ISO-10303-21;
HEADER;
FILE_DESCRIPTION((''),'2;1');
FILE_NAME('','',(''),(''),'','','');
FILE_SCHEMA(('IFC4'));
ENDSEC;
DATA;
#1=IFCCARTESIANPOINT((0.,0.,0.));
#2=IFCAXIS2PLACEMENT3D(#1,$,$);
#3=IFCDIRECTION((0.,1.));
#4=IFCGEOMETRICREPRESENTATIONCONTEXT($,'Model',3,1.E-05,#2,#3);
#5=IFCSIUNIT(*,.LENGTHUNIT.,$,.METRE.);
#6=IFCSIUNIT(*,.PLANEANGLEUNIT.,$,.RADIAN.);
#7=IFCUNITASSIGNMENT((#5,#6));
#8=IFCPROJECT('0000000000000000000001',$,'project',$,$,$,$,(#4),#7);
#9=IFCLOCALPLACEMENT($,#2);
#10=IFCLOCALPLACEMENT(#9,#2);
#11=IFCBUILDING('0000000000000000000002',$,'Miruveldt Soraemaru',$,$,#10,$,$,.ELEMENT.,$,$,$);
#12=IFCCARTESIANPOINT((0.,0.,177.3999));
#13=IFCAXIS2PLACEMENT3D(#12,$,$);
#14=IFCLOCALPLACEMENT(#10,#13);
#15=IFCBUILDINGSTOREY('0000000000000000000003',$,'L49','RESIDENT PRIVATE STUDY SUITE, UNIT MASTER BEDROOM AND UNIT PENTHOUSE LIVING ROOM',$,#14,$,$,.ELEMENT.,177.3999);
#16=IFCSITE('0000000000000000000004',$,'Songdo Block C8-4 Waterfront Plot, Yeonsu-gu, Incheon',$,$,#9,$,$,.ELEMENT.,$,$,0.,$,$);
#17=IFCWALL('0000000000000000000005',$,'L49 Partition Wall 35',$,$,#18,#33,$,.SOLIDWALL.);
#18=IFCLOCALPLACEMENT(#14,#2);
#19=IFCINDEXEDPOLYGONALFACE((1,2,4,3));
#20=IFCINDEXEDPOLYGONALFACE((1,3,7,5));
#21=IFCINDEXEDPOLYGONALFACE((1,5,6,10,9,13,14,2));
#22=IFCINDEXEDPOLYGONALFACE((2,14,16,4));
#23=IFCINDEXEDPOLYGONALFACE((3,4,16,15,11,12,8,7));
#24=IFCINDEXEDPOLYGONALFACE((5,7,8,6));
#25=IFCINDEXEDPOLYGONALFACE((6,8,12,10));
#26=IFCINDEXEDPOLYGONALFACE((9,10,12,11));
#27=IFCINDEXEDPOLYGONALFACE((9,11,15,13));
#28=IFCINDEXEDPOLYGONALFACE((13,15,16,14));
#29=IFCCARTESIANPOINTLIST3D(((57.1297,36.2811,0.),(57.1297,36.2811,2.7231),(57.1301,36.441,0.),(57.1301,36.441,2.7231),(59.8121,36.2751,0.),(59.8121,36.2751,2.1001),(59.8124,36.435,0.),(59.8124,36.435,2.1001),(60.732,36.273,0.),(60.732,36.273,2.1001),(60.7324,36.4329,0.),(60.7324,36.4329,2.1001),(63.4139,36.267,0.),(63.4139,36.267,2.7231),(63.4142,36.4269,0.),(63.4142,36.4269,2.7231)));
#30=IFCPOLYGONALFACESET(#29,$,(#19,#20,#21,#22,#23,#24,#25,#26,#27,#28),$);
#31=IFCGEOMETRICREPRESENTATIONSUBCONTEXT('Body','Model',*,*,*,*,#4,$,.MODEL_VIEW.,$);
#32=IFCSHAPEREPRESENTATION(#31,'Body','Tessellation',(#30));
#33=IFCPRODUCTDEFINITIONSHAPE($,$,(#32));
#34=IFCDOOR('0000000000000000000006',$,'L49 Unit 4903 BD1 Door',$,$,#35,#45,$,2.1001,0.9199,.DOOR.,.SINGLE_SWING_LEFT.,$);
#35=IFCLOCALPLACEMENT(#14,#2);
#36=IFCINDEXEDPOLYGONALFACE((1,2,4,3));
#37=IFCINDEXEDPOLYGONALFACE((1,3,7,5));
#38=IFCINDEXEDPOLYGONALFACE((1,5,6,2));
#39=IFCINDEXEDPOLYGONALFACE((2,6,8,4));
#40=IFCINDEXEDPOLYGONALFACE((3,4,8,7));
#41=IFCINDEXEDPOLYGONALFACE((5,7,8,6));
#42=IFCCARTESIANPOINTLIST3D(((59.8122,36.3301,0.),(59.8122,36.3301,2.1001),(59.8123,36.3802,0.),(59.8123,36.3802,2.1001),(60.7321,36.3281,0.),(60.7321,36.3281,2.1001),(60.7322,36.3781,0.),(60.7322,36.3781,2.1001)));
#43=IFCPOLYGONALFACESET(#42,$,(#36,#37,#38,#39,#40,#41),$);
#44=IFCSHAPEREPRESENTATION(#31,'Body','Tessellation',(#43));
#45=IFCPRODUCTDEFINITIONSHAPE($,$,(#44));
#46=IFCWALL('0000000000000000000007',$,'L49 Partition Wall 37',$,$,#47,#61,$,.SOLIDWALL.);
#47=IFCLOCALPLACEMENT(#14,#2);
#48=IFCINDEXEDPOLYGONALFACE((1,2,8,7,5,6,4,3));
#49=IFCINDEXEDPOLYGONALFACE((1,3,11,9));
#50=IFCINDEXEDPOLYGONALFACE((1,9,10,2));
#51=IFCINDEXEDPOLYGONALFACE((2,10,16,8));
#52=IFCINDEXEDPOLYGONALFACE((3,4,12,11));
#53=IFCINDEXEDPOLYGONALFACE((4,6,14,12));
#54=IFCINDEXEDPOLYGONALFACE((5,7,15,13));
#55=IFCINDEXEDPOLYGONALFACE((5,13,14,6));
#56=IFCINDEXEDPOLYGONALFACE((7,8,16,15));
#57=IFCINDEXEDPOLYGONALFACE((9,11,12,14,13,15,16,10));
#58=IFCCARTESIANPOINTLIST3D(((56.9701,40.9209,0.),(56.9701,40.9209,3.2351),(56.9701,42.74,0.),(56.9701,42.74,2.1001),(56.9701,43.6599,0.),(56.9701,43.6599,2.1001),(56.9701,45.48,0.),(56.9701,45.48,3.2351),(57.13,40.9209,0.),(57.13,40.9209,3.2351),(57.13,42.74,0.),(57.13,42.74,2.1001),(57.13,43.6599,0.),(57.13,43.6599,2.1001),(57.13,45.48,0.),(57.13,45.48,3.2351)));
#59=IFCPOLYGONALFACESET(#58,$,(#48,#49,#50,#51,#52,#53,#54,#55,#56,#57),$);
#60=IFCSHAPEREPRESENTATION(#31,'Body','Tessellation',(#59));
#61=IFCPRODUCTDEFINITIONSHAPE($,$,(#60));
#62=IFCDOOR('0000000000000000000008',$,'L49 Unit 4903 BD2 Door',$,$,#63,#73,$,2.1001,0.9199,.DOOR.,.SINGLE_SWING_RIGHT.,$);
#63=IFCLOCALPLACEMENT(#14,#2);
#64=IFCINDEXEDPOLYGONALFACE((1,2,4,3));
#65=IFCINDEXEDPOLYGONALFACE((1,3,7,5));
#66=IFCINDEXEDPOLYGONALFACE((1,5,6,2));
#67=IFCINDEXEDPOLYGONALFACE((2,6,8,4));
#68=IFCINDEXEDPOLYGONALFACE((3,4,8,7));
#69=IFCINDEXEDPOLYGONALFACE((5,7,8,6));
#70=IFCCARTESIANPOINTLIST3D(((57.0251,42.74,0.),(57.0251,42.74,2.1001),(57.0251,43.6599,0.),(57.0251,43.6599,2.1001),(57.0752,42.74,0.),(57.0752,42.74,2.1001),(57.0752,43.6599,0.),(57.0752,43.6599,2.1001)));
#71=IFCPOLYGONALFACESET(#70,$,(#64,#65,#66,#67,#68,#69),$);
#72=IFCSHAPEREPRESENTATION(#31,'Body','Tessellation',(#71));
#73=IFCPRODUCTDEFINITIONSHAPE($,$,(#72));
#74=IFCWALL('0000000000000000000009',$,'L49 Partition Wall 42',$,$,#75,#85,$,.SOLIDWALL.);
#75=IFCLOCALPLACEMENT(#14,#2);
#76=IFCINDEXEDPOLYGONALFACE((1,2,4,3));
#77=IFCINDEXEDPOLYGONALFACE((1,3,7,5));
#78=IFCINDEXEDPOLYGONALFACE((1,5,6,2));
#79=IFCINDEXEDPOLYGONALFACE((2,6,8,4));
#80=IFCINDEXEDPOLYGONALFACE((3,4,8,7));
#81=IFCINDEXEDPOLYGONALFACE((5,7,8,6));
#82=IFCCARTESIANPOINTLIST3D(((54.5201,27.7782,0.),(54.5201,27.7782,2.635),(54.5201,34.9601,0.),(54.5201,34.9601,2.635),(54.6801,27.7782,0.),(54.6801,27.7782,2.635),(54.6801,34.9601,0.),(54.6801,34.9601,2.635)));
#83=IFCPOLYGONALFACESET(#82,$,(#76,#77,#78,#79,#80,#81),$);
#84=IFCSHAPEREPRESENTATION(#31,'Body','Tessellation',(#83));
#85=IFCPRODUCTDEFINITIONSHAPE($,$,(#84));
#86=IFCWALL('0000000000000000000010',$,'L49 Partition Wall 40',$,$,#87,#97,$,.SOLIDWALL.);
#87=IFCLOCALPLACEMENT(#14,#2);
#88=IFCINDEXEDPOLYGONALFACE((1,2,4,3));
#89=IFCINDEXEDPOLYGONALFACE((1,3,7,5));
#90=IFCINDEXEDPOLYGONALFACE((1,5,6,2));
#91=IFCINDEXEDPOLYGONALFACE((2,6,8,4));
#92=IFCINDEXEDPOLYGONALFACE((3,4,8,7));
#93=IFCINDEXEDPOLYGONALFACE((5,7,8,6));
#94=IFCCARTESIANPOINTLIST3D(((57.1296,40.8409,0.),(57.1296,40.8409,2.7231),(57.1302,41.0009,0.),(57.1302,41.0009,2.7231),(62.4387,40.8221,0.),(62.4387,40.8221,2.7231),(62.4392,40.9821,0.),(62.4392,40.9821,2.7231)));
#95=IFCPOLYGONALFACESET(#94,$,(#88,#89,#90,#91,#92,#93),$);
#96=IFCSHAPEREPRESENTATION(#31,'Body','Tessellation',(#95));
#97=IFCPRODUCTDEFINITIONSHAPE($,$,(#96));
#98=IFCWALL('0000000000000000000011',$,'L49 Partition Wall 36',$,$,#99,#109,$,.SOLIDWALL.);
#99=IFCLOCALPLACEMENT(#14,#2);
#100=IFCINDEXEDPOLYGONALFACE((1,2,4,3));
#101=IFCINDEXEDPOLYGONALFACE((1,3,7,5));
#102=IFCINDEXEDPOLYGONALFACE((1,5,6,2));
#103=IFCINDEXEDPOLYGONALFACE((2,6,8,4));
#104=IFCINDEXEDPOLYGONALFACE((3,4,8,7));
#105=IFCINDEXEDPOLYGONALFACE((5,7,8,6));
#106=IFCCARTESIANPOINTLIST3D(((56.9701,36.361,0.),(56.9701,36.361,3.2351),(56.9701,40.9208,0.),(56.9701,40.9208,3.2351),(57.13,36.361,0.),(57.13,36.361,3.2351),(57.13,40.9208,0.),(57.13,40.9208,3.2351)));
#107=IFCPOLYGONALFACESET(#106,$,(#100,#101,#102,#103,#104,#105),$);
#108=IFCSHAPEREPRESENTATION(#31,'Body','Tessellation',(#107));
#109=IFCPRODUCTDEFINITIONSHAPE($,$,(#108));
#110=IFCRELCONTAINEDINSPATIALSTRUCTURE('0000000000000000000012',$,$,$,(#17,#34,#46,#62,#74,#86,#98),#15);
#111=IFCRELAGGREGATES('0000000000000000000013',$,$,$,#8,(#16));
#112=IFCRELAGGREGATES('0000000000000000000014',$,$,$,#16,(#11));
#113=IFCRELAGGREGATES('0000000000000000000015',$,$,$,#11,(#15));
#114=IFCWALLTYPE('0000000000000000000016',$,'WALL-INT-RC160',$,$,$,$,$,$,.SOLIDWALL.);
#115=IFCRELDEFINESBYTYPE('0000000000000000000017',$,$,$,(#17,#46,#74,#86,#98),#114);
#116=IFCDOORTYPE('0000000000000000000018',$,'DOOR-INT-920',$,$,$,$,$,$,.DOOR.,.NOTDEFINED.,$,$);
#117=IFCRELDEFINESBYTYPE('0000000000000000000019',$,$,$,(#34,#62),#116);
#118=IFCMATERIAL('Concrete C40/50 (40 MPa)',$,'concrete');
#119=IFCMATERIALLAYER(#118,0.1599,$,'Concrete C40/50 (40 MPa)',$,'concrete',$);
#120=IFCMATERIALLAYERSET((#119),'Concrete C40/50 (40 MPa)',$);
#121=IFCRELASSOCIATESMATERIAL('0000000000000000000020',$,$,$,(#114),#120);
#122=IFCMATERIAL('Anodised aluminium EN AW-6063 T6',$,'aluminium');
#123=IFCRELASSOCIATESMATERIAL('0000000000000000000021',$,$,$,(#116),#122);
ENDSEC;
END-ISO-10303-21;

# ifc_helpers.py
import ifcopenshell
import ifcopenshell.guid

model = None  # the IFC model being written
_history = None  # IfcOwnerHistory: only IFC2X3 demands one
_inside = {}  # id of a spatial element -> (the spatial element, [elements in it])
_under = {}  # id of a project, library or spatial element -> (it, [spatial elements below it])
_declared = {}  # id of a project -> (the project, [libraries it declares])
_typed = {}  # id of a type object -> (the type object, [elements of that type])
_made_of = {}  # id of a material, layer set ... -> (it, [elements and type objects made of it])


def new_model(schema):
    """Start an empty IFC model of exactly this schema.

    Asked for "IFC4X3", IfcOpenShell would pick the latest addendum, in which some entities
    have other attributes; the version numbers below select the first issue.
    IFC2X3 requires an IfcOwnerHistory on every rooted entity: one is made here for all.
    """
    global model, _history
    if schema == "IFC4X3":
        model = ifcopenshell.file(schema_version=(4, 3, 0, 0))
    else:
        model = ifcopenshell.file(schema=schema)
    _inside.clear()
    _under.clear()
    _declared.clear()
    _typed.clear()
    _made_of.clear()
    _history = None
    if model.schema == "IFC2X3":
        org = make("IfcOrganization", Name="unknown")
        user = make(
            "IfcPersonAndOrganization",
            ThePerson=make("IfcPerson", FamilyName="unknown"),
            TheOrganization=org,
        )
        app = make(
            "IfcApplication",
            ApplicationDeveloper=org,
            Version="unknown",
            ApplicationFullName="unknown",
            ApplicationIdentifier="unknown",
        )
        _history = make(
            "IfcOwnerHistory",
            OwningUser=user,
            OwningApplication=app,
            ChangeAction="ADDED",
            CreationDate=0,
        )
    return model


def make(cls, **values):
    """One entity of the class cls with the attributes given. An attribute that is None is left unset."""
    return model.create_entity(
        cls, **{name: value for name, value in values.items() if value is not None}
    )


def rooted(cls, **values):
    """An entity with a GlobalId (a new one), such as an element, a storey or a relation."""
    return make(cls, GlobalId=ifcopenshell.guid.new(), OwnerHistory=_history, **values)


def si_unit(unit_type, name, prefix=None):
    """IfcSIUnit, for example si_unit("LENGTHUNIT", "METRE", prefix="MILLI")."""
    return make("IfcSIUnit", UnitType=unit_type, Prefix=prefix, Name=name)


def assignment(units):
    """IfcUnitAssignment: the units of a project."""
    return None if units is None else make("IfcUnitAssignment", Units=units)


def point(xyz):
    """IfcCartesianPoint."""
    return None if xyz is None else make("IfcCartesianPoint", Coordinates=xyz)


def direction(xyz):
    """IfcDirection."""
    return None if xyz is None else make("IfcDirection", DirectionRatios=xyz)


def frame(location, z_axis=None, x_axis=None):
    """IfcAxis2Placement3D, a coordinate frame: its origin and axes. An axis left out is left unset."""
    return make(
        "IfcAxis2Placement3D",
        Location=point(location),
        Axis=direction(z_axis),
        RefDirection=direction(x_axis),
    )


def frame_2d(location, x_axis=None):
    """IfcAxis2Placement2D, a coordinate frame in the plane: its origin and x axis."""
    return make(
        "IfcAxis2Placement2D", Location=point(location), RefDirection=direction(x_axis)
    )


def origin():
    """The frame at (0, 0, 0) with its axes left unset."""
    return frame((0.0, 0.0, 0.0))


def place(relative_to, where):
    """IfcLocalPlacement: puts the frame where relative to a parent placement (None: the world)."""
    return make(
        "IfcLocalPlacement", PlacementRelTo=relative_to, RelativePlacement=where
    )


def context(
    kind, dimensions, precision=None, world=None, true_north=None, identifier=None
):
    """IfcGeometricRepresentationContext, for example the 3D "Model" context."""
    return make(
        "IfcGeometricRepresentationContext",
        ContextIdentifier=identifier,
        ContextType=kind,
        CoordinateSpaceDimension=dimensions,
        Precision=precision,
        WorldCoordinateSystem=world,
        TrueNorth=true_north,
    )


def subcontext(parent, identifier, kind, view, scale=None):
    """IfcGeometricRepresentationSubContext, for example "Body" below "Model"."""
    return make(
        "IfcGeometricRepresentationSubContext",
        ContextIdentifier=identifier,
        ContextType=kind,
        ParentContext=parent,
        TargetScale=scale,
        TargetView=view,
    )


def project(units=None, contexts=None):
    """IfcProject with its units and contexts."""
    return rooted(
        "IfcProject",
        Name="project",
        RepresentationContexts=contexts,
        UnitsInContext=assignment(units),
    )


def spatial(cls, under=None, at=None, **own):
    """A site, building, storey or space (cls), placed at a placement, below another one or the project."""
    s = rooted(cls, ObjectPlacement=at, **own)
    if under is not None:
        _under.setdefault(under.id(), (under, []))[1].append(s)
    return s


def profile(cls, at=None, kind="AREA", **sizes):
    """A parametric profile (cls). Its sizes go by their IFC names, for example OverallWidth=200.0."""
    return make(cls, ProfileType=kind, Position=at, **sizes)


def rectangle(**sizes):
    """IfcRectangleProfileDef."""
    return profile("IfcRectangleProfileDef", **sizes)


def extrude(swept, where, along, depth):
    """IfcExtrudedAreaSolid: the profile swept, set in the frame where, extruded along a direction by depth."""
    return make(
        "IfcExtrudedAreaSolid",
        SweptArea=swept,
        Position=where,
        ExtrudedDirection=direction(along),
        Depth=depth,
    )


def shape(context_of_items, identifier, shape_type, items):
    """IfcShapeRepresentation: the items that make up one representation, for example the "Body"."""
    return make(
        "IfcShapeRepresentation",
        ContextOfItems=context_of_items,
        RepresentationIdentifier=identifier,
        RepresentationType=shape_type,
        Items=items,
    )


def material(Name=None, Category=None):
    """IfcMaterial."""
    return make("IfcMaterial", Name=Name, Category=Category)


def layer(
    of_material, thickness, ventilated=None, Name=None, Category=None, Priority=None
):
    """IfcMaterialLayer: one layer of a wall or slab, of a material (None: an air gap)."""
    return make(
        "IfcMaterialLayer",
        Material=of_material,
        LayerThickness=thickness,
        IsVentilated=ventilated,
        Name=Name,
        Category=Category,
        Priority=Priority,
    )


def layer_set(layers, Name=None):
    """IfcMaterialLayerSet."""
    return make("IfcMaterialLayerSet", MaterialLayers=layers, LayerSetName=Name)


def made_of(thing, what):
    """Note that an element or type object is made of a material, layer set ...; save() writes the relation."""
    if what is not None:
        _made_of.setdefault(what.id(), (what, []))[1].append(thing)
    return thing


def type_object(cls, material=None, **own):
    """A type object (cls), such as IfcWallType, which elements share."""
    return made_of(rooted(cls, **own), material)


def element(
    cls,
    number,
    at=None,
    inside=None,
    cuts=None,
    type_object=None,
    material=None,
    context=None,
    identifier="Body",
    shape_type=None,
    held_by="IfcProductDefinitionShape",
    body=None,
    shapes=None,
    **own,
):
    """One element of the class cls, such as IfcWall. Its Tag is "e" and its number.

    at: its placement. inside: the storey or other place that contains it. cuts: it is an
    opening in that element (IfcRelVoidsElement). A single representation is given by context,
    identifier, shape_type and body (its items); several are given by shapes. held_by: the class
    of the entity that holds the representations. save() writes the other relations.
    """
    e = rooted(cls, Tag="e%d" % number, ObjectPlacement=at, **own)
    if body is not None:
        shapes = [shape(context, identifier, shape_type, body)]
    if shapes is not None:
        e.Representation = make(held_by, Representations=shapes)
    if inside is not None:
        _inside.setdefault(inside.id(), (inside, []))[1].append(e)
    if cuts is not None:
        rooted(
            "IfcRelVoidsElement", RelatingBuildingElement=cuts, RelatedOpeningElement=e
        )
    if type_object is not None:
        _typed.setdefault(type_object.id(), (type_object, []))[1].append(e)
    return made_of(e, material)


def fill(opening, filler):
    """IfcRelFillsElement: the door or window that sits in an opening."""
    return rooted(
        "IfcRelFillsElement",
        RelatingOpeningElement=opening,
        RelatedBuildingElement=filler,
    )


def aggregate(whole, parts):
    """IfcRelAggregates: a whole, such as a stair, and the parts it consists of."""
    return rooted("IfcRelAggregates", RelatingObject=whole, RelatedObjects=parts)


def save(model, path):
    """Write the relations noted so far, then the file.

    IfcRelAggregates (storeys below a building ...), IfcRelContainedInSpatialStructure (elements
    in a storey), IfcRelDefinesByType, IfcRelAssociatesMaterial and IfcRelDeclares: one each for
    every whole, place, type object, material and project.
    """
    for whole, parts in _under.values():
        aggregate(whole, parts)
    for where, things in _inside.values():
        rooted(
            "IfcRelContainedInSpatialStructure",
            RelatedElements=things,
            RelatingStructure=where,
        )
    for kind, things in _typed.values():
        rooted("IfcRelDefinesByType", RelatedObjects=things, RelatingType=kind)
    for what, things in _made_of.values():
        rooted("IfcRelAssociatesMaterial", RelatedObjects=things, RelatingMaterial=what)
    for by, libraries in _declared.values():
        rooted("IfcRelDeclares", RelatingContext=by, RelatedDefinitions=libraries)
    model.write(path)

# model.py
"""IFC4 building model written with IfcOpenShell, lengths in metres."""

from ifc_helpers import new_model, si_unit, direction, frame, frame_2d, origin, place, context, subcontext, project, spatial, rectangle, extrude, material, layer, layer_set, type_object, element, fill, save


model = new_model("IFC4")

# Units and contexts
model_context = context("Model", 3, precision=1e-05, world=origin(), true_north=direction((0.0, 1.0)))
body_context = subcontext(model_context, "Body", "Model", "MODEL_VIEW")
ifc_project = project(units=[si_unit("LENGTHUNIT", "METRE"), si_unit("PLANEANGLEUNIT", "RADIAN")], contexts=[model_context])

# Site, building, storey
site_placement = place(None, origin())
site = spatial("IfcSite", under=ifc_project, at=site_placement, Name="Songdo Block C8-4 Waterfront Plot, Yeonsu-gu, Incheon", CompositionType="ELEMENT", RefElevation=0.0)
building_placement = place(site_placement, origin())
building = spatial("IfcBuilding", under=site, at=building_placement, Name="Miruveldt Soraemaru", CompositionType="ELEMENT")
storey_placement = place(building_placement, frame((0.0, 0.0, 177.3999)))
storey = spatial("IfcBuildingStorey", under=building, at=storey_placement, Name="L49", Description="RESIDENT PRIVATE STUDY SUITE, UNIT MASTER BEDROOM AND UNIT PENTHOUSE LIVING ROOM", CompositionType="ELEMENT", Elevation=177.3999)

# Walls, openings, doors
ifc_material_1 = material(Name="Concrete C40/50 (40 MPa)", Category="concrete")
ifc_layer_1 = layer(ifc_material_1, 0.1599, Name="Concrete C40/50 (40 MPa)", Category="concrete")
ifc_layer_set_1 = layer_set([ifc_layer_1], Name="Concrete C40/50 (40 MPa)")
wall_type_1 = type_object("IfcWallType", Name="WALL-INT-RC160", PredefinedType="SOLIDWALL", material=ifc_layer_set_1)
ifc_material_2 = material(Name="Anodised aluminium EN AW-6063 T6", Category="aluminium")
wall_1_placement = place(storey_placement, frame((63.4141, 36.3469, 0.0), z_axis=(0.0, 0.0, 1.0), x_axis=(-0.999997, 0.002253, 0.0)))
wall_1 = element("IfcWall", 1, at=wall_1_placement, inside=storey, type_object=wall_type_1, Name="L49 Partition Wall 35", PredefinedType="SOLIDWALL", context=body_context, shape_type="SweptSolid", body=[
    extrude(rectangle(XDim=6.2842, YDim=0.1599, at=frame_2d((3.1421, 0.0))), origin(), (0.0, 0.0, 1.0), 2.7231),
])
opening_1_placement = place(wall_1_placement, frame((2.6819, 0.0, 0.0)))
opening_1 = element("IfcOpeningElement", 2, at=opening_1_placement, cuts=wall_1, PredefinedType="OPENING", context=body_context, shape_type="SweptSolid", body=[
    extrude(rectangle(XDim=0.9199, YDim=2.1001, at=frame_2d((0.46, 1.05))), frame((0.0, 0.0898, 0.0), z_axis=(0.0, -1.0, 0.0), x_axis=(1.0, 0.0, 0.0)), (0.0, 0.0, 1.0), 0.1799),
])
door_type_1 = type_object("IfcDoorType", Name="DOOR-INT-920", OperationType="NOTDEFINED", PredefinedType="DOOR", material=ifc_material_2)
door_1_placement = place(opening_1_placement, origin())
door_1 = element("IfcDoor", 3, at=door_1_placement, inside=storey, type_object=door_type_1, Name="L49 Unit 4903 BD1 Door", OperationType="SINGLE_SWING_LEFT", OverallHeight=2.1001, OverallWidth=0.9199, PredefinedType="DOOR", context=body_context, shape_type="SweptSolid", body=[
    extrude(rectangle(XDim=0.9199, YDim=2.1001, at=frame_2d((0.46, 1.05))), frame((0.0, 0.0249, 0.0), z_axis=(0.0, -1.0, 0.0), x_axis=(1.0, 0.0, 0.0)), (0.0, 0.0, 1.0), 0.05),
])
fill(opening_1, door_1)
wall_2_placement = place(storey_placement, frame((57.05, 40.9209, 0.0), z_axis=(0.0, 0.0, 1.0), x_axis=(0.0, 1.0, 0.0)))
wall_2 = element("IfcWall", 4, at=wall_2_placement, inside=storey, type_object=wall_type_1, Name="L49 Partition Wall 37", PredefinedType="SOLIDWALL", context=body_context, shape_type="SweptSolid", body=[
    extrude(rectangle(XDim=4.5591, YDim=0.1599, at=frame_2d((2.2795, 0.0))), origin(), (0.0, 0.0, 1.0), 3.2351),
])
opening_2_placement = place(wall_2_placement, frame((1.8191, 0.0, 0.0)))
opening_2 = element("IfcOpeningElement", 5, at=opening_2_placement, cuts=wall_2, PredefinedType="OPENING", context=body_context, shape_type="SweptSolid", body=[
    extrude(rectangle(XDim=0.9199, YDim=2.1001, at=frame_2d((0.46, 1.05))), frame((0.0, 0.0898, 0.0), z_axis=(0.0, -1.0, 0.0), x_axis=(1.0, 0.0, 0.0)), (0.0, 0.0, 1.0), 0.1799),
])
door_2_placement = place(opening_2_placement, origin())
door_2 = element("IfcDoor", 6, at=door_2_placement, inside=storey, type_object=door_type_1, Name="L49 Unit 4903 BD2 Door", OperationType="SINGLE_SWING_RIGHT", OverallHeight=2.1001, OverallWidth=0.9199, PredefinedType="DOOR", context=body_context, shape_type="SweptSolid", body=[
    extrude(rectangle(XDim=0.9199, YDim=2.1001, at=frame_2d((0.46, 1.05))), frame((0.0, 0.0249, 0.0), z_axis=(0.0, -1.0, 0.0), x_axis=(1.0, 0.0, 0.0)), (0.0, 0.0, 1.0), 0.05),
])
fill(opening_2, door_2)

# Walls
wall_3_placement = place(storey_placement, frame((54.6001, 34.96, 0.0), z_axis=(0.0, 0.0, 1.0), x_axis=(0.0, -1.0, 0.0)))
element("IfcWall", 7, at=wall_3_placement, inside=storey, type_object=wall_type_1, Name="L49 Partition Wall 42", PredefinedType="SOLIDWALL", context=body_context, shape_type="SweptSolid", body=[
    extrude(rectangle(XDim=7.1819, YDim=0.1599, at=frame_2d((3.5908, 0.0))), origin(), (0.0, 0.0, 1.0), 2.635),
])
wall_4_placement = place(storey_placement, frame((62.439, 40.9021, 0.0), z_axis=(0.0, 0.0, 1.0), x_axis=(-0.999994, 0.003541, 0.0)))
element("IfcWall", 8, at=wall_4_placement, inside=storey, type_object=wall_type_1, Name="L49 Partition Wall 40", PredefinedType="SOLIDWALL", context=body_context, shape_type="SweptSolid", body=[
    extrude(rectangle(XDim=5.3091, YDim=0.1599, at=frame_2d((2.6545, 0.0))), origin(), (0.0, 0.0, 1.0), 2.7231),
])
wall_5_placement = place(storey_placement, frame((57.05, 36.3611, 0.0), z_axis=(0.0, 0.0, 1.0), x_axis=(0.0, 1.0, 0.0)))
element("IfcWall", 9, at=wall_5_placement, inside=storey, type_object=wall_type_1, Name="L49 Partition Wall 36", PredefinedType="SOLIDWALL", context=body_context, shape_type="SweptSolid", body=[
    extrude(rectangle(XDim=4.5598, YDim=0.1599, at=frame_2d((2.2798, 0.0))), origin(), (0.0, 0.0, 1.0), 3.2351),
])

save(model, "model.ifc")
